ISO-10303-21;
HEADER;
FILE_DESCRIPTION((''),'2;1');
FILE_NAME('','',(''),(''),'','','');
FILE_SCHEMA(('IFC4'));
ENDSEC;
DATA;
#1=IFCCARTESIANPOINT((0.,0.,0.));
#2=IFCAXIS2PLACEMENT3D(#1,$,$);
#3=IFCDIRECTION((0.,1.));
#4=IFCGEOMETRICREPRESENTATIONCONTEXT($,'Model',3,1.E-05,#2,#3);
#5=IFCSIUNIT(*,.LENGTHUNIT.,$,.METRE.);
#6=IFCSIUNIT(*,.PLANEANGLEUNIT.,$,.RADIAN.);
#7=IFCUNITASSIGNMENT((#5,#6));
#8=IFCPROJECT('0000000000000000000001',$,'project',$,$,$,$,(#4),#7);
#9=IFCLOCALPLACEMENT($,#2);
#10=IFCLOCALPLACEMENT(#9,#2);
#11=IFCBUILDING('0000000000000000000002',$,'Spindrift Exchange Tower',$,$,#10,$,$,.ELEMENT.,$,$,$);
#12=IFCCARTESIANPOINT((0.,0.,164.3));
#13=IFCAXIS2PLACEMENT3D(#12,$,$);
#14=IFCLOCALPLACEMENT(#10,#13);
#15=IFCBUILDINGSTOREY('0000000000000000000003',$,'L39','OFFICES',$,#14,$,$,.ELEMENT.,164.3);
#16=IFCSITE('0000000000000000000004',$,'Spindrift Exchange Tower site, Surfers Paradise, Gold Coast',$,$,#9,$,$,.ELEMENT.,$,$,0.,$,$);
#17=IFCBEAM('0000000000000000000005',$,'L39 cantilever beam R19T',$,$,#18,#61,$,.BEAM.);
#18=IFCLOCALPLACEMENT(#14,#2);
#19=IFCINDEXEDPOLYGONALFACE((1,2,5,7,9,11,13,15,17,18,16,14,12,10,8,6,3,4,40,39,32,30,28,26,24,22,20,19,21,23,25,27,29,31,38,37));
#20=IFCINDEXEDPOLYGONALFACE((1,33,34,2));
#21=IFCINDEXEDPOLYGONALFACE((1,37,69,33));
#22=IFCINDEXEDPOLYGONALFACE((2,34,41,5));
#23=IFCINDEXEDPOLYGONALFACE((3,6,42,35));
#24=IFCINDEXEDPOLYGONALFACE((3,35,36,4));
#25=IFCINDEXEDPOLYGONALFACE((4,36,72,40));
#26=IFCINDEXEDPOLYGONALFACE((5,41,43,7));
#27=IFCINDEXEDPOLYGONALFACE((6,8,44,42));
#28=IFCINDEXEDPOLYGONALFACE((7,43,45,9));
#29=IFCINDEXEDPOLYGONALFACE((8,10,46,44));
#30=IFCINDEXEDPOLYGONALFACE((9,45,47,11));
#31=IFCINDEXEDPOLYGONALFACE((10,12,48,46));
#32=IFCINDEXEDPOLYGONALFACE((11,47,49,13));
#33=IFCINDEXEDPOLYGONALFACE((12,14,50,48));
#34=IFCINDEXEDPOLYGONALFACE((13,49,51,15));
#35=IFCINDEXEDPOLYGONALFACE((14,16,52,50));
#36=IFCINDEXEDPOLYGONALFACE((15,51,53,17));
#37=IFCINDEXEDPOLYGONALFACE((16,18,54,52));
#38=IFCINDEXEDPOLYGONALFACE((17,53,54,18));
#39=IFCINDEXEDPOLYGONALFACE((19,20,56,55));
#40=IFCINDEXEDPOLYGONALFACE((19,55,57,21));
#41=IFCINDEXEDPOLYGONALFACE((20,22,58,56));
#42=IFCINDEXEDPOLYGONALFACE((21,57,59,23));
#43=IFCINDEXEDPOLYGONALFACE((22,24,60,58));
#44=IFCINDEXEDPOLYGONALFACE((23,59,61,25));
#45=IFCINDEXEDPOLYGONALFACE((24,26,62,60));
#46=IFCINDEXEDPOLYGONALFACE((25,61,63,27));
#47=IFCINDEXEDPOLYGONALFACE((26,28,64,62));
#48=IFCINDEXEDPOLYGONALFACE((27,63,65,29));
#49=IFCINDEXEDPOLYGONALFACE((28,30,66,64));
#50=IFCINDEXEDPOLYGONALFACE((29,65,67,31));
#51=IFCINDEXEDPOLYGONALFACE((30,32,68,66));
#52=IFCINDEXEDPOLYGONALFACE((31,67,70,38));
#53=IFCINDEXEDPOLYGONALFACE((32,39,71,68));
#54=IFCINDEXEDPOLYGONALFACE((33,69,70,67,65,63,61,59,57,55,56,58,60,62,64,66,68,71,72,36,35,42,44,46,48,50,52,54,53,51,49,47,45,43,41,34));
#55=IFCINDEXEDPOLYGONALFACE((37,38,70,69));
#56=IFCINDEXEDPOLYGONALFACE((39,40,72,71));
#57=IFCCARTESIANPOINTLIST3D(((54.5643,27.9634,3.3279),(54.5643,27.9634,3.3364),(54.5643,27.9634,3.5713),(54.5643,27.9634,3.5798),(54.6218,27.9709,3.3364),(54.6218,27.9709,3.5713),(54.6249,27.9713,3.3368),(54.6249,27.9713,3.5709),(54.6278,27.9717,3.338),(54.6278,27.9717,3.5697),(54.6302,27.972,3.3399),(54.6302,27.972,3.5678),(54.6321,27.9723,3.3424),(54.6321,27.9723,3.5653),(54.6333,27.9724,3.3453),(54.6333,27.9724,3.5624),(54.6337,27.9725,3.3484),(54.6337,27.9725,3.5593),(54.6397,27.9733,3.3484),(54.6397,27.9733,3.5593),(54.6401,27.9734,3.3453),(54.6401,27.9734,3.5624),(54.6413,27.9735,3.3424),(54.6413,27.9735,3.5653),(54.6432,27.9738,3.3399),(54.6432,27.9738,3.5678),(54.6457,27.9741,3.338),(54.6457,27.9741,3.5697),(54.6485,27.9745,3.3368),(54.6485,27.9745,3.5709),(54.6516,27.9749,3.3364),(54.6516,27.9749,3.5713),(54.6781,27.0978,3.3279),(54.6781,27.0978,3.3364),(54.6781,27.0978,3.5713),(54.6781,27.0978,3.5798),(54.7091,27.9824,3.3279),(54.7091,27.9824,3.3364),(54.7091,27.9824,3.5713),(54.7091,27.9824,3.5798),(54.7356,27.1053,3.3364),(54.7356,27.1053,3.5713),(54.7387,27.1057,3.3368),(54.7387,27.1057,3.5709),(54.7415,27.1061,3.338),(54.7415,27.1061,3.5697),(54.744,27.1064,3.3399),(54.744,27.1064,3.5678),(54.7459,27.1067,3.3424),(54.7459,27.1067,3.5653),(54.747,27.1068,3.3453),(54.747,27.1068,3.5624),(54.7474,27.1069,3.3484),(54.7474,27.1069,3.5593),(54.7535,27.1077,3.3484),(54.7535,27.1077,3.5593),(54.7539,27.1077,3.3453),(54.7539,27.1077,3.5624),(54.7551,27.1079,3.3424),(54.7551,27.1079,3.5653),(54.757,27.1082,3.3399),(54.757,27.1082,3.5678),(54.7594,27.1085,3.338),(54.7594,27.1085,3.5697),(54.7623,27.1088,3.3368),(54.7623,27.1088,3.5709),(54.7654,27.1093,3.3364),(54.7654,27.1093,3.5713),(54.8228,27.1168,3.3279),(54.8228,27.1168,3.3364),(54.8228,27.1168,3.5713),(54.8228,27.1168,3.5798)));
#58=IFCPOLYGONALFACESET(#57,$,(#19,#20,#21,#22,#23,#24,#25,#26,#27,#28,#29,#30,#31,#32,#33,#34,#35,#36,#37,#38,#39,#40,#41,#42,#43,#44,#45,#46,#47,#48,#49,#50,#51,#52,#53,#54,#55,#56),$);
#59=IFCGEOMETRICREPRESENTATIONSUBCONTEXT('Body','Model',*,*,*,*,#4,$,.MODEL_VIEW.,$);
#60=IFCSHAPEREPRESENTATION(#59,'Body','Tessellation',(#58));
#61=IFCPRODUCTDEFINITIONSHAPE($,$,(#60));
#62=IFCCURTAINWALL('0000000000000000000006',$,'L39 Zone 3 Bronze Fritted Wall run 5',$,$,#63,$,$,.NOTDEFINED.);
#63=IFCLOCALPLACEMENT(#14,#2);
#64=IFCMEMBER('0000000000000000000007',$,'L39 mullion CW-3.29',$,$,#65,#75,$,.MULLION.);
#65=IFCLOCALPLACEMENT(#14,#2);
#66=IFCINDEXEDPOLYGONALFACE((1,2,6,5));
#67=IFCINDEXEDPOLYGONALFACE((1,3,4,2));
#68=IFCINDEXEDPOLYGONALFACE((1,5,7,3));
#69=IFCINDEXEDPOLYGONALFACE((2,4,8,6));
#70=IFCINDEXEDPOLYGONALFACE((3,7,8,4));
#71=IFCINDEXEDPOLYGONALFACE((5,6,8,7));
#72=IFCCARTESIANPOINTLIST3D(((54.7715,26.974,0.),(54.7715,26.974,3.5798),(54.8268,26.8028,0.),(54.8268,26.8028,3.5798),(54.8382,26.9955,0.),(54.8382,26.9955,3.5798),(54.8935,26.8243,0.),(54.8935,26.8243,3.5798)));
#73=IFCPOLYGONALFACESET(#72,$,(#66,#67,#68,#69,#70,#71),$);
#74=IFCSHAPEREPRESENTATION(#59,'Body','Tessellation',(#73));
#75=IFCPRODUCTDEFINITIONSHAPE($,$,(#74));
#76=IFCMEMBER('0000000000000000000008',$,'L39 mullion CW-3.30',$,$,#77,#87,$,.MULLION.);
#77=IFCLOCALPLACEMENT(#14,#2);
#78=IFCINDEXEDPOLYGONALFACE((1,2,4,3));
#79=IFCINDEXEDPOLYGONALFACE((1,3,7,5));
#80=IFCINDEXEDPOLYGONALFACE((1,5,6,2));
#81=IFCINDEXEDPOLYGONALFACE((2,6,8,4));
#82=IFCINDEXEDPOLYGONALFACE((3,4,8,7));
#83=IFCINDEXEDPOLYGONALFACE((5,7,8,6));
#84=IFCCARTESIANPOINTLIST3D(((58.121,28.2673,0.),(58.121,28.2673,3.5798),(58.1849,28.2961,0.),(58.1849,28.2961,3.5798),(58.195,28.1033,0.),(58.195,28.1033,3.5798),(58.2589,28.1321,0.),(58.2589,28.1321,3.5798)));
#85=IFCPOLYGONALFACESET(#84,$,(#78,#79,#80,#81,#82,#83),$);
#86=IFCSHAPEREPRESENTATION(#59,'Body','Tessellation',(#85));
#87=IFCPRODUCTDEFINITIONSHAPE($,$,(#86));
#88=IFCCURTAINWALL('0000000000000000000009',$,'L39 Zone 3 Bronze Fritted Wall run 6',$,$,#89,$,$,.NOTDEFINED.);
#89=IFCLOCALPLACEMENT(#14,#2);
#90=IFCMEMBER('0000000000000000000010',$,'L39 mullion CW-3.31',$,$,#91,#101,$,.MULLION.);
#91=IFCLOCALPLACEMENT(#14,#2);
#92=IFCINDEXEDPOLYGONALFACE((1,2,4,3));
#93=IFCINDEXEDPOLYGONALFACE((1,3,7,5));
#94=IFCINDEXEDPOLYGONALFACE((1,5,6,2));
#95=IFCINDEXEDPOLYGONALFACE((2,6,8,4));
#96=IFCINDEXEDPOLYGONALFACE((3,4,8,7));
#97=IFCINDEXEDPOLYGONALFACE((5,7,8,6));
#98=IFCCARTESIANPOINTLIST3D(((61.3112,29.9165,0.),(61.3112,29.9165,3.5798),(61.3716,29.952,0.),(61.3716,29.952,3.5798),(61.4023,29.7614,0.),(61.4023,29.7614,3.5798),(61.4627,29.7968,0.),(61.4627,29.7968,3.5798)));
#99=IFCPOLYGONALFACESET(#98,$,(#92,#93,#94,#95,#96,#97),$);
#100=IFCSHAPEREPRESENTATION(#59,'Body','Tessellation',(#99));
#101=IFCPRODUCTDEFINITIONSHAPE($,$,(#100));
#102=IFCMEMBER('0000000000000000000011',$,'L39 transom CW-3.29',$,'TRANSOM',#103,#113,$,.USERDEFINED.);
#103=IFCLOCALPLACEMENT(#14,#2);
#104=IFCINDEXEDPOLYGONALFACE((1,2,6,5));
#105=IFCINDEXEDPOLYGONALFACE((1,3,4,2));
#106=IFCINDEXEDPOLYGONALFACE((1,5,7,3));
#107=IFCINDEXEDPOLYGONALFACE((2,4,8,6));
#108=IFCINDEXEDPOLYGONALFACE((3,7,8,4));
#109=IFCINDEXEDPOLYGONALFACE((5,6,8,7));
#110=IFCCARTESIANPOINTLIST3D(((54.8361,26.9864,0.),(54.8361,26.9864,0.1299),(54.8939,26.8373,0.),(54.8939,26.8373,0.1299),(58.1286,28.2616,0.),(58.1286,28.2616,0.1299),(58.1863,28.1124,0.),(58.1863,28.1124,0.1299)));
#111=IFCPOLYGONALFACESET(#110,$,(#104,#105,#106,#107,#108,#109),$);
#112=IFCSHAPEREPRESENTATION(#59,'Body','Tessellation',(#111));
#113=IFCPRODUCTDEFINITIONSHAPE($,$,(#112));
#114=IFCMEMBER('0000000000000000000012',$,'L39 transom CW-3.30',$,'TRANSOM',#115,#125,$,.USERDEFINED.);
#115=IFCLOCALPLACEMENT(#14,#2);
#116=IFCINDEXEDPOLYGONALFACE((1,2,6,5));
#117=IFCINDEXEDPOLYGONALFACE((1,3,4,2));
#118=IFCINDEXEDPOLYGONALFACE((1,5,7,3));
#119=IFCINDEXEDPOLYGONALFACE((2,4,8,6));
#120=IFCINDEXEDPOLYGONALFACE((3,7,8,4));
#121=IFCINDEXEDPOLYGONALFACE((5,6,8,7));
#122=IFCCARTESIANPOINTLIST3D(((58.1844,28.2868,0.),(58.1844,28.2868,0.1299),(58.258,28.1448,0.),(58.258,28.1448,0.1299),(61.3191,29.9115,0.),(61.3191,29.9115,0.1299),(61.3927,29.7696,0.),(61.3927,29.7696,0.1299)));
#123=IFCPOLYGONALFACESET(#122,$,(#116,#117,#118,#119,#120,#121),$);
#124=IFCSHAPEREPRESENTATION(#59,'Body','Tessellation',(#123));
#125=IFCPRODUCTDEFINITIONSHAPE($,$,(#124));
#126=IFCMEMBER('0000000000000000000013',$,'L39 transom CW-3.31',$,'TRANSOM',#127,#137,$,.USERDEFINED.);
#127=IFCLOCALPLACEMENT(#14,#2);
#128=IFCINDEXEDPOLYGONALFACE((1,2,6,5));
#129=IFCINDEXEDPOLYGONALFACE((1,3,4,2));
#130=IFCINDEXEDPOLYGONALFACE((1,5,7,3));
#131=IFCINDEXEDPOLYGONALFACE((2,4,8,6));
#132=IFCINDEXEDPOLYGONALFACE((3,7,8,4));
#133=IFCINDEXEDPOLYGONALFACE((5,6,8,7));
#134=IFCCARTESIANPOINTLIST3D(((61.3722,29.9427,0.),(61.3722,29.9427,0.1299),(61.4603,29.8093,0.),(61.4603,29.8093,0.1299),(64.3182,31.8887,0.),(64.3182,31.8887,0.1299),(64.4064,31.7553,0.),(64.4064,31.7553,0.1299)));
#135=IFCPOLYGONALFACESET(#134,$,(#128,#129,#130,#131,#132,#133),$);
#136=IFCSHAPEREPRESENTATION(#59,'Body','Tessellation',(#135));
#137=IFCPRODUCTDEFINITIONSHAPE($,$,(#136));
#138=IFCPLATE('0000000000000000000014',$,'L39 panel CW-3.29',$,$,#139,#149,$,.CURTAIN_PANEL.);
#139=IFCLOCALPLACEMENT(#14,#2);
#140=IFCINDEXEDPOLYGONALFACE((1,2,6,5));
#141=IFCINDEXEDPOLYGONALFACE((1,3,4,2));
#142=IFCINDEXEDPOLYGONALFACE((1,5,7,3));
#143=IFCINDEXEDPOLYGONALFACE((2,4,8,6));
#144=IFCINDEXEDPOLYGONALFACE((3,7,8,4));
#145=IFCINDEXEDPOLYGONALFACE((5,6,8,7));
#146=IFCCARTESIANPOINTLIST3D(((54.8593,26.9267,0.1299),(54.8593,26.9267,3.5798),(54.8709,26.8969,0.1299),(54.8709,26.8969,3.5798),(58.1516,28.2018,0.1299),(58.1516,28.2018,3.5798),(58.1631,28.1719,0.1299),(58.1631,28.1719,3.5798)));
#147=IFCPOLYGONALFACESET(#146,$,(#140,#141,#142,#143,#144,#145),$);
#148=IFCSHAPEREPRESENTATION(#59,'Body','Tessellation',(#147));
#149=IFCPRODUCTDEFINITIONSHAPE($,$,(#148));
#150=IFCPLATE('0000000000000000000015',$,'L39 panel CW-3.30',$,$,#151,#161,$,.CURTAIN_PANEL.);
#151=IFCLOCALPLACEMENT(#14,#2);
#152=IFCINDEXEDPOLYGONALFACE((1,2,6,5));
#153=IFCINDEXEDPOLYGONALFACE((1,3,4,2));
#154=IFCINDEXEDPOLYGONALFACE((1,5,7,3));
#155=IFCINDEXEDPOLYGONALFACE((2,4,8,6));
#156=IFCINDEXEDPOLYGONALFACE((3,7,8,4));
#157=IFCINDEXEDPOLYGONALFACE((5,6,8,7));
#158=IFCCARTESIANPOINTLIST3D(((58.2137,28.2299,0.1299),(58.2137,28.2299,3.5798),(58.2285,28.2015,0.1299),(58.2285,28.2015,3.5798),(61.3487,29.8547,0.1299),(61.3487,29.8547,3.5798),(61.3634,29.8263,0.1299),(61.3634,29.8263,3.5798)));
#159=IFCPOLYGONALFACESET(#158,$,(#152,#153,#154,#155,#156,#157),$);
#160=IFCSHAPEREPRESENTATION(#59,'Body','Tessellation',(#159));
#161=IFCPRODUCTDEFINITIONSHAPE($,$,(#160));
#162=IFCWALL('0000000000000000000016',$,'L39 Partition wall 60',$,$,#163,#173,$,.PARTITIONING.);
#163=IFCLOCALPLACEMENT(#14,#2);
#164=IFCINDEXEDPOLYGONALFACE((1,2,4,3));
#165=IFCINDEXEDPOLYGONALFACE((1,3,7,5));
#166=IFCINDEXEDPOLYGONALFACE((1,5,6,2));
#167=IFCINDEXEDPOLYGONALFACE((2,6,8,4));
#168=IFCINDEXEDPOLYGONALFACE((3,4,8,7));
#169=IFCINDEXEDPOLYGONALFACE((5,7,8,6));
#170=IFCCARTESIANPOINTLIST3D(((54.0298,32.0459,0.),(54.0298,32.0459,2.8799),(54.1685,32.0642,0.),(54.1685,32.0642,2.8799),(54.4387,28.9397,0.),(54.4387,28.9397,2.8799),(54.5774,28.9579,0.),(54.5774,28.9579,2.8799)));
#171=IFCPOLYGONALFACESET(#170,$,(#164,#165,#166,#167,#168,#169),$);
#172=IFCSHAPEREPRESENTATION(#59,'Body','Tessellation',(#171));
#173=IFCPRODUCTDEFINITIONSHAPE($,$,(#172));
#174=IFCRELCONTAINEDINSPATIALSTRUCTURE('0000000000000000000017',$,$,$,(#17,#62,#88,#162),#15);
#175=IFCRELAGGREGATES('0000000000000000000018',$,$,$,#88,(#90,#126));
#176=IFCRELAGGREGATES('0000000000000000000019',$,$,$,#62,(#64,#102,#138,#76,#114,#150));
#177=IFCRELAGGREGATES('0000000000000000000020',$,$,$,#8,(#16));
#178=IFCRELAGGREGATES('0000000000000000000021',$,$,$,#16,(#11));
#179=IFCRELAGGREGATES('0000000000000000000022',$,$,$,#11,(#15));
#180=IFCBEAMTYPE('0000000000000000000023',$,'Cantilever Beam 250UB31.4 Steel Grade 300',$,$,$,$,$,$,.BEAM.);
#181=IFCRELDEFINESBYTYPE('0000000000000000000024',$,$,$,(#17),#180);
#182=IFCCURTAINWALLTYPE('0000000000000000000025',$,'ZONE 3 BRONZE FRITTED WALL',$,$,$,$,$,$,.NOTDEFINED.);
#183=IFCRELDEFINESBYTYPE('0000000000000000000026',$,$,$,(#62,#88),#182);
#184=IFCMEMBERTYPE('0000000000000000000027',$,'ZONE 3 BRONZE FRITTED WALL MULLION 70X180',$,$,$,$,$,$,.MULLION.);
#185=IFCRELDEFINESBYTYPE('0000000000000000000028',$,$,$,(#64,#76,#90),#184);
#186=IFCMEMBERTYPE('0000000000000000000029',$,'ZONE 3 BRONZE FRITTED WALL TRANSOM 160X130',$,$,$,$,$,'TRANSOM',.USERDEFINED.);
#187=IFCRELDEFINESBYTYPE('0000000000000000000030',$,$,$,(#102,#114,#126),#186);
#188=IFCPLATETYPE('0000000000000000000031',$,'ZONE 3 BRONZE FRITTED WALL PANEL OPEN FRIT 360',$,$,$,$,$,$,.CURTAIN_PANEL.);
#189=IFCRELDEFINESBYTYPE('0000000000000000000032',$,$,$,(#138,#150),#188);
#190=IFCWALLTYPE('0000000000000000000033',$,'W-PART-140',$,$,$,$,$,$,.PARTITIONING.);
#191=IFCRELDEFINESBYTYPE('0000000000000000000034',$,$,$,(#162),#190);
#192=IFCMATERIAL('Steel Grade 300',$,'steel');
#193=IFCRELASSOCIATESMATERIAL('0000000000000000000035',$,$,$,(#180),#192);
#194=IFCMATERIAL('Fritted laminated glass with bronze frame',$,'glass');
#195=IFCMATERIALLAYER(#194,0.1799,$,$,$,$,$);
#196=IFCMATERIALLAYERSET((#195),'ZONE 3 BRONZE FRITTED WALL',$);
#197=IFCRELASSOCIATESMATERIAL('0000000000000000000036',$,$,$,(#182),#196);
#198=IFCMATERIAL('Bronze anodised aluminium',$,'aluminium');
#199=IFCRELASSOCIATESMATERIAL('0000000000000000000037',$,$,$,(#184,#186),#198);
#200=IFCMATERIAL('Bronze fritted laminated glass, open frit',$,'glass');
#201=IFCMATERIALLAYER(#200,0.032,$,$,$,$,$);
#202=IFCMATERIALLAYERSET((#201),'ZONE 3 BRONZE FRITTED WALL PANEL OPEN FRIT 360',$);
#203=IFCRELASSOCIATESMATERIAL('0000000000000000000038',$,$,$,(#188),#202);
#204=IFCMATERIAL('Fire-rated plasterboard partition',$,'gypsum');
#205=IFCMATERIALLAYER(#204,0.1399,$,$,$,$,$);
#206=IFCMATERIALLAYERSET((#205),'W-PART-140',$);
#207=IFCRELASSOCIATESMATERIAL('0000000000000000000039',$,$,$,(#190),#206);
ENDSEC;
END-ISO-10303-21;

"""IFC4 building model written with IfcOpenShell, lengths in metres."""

from ifc_helpers import new_model, si_unit, direction, frame, frame_2d, origin, origin_2d, place, context, subcontext, project, spatial, rectangle, i_section, extrude, source, transform, mapped, material, layer, layer_set, material_profile, profile_set, type_object, element, aggregate, save


model = new_model("IFC4")

# Units and contexts
model_context = context("Model", 3, precision=1e-05, world=origin(), true_north=direction((0.0, 1.0)))
body_context = subcontext(model_context, "Body", "Model", "MODEL_VIEW")
ifc_project = project(units=[si_unit("LENGTHUNIT", "METRE"), si_unit("PLANEANGLEUNIT", "RADIAN")], contexts=[model_context])

# Site, building, storey
site_placement = place(None, origin())
site = spatial("IfcSite", under=ifc_project, at=site_placement, Name="Spindrift Exchange Tower site, Surfers Paradise, Gold Coast", CompositionType="ELEMENT", RefElevation=0.0)
building_placement = place(site_placement, origin())
building = spatial("IfcBuilding", under=site, at=building_placement, Name="Spindrift Exchange Tower", CompositionType="ELEMENT")
storey_placement = place(building_placement, frame((0.0, 0.0, 164.3)))
storey = spatial("IfcBuildingStorey", under=building, at=storey_placement, Name="L39", Description="OFFICES", CompositionType="ELEMENT", Elevation=164.3)

# Beam
ifc_material_1 = material(Name="Steel Grade 300", Category="steel")
ifc_material_profile_1 = material_profile(ifc_material_1, i_section(OverallWidth=0.146, OverallDepth=0.252, WebThickness=0.0061, FlangeThickness=0.0085, FilletRadius=0.012, at=origin_2d()), Name="250UB31.4")
ifc_profile_set_1 = profile_set([ifc_material_profile_1], Name="Steel Grade 300")
beam_type_1 = type_object("IfcBeamType", Name="Cantilever Beam 250UB31.4 Steel Grade 300", PredefinedType="BEAM", material=ifc_profile_set_1)
shared_shape_1 = source(origin(), body_context, "Body", "SweptSolid", [
    extrude(i_section(OverallWidth=0.146, OverallDepth=0.252, WebThickness=0.0061, FlangeThickness=0.0085, FilletRadius=0.012, at=origin_2d()), origin(), (0.0, 0.0, 1.0), 0.873),
])
beam_1_placement = place(storey_placement, frame((54.6367, 27.9729, 3.4539), z_axis=(0.130295, -0.991475, 0.0), x_axis=(0.991475, 0.130295, 0.0)))
element("IfcBeam", 1, at=beam_1_placement, inside=storey, type_object=beam_type_1, Name="L39 cantilever beam R19T", PredefinedType="BEAM", context=body_context, shape_type="MappedRepresentation", body=[
    mapped(shared_shape_1, transform((0.0, 0.0, 0.0), scale=1.0)),
])

# Curtain wall, members
ifc_material_2 = material(Name="Fritted laminated glass with bronze frame", Category="glass")
ifc_layer_1 = layer(ifc_material_2, 0.1799)
ifc_layer_set_1 = layer_set([ifc_layer_1], Name="ZONE 3 BRONZE FRITTED WALL")
curtain_wall_type = type_object("IfcCurtainWallType", Name="ZONE 3 BRONZE FRITTED WALL", PredefinedType="NOTDEFINED", material=ifc_layer_set_1)
curtain_wall_1_placement = place(storey_placement, origin())
curtain_wall_1 = element("IfcCurtainWall", 2, at=curtain_wall_1_placement, inside=storey, type_object=curtain_wall_type, Name="L39 Zone 3 Bronze Fritted Wall run 5", PredefinedType="NOTDEFINED")
ifc_material_3 = material(Name="Bronze anodised aluminium", Category="aluminium")
ifc_material_profile_2 = material_profile(ifc_material_3, rectangle(XDim=0.0701, YDim=0.1799, at=origin_2d()), Name="ZONE 3 BRONZE FRITTED WALL MULLION 70X180")
ifc_profile_set_2 = profile_set([ifc_material_profile_2], Name="Bronze anodised aluminium")
member_type_1 = type_object("IfcMemberType", Name="ZONE 3 BRONZE FRITTED WALL MULLION 70X180", PredefinedType="MULLION", material=ifc_profile_set_2)
shared_shape_2 = source(origin(), body_context, "Body", "SweptSolid", [
    extrude(rectangle(XDim=0.0701, YDim=0.1799, at=origin_2d()), origin(), (0.0, 0.0, 1.0), 3.5798),
])
member_1_placement = place(storey_placement, frame((54.8325, 26.8992, 0.0), z_axis=(0.0, 0.0, 1.0), x_axis=(0.951621, 0.307274, 0.0)))
member_1 = element("IfcMember", 3, at=member_1_placement, type_object=member_type_1, Name="L39 mullion CW-3.29", PredefinedType="MULLION", context=body_context, shape_type="MappedRepresentation", body=[
    mapped(shared_shape_2, transform((0.0, 0.0, 0.0), scale=1.0)),
])
member_2_placement = place(storey_placement, frame((58.1899, 28.1997, 0.0), z_axis=(0.0, 0.0, 1.0), x_axis=(0.911514, 0.411268, 0.0)))
member_2 = element("IfcMember", 4, at=member_2_placement, type_object=member_type_1, Name="L39 mullion CW-3.30", PredefinedType="MULLION", context=body_context, shape_type="MappedRepresentation", body=[
    mapped(shared_shape_2, transform((0.0, 0.0, 0.0), scale=1.0)),
])

# Curtain wall, member
curtain_wall_2_placement = place(storey_placement, origin())
curtain_wall_2 = element("IfcCurtainWall", 5, at=curtain_wall_2_placement, inside=storey, type_object=curtain_wall_type, Name="L39 Zone 3 Bronze Fritted Wall run 6", PredefinedType="NOTDEFINED")
member_3_placement = place(storey_placement, frame((61.387, 29.8567, 0.0), z_axis=(0.0, 0.0, 1.0), x_axis=(0.862323, 0.506359, 0.0)))
member_3 = element("IfcMember", 6, at=member_3_placement, type_object=member_type_1, Name="L39 mullion CW-3.31", PredefinedType="MULLION", context=body_context, shape_type="MappedRepresentation", body=[
    mapped(shared_shape_2, transform((0.0, 0.0, 0.0), scale=1.0)),
])

# Members
ifc_material_profile_3 = material_profile(ifc_material_3, rectangle(XDim=0.1599, YDim=0.1299, at=origin_2d()), Name="ZONE 3 BRONZE FRITTED WALL TRANSOM 160X130")
ifc_profile_set_3 = profile_set([ifc_material_profile_3], Name="Bronze anodised aluminium")
member_type_2 = type_object("IfcMemberType", Name="ZONE 3 BRONZE FRITTED WALL TRANSOM 160X130", ElementType="TRANSOM", PredefinedType="USERDEFINED", material=ifc_profile_set_3)
shared_shape_3 = source(origin(), body_context, "Body", "SweptSolid", [
    extrude(rectangle(XDim=0.1599, YDim=0.1299, at=origin_2d()), origin(), (0.0, 0.0, 1.0), 3.5308),
])
member_4_placement = place(storey_placement, frame((54.865, 26.9119, 0.0649), z_axis=(0.932507, 0.361151, 0.0), x_axis=(-0.361151, 0.932507, 0.0)))
member_4 = element("IfcMember", 7, at=member_4_placement, type_object=member_type_2, Name="L39 transom CW-3.29", ObjectType="TRANSOM", PredefinedType="USERDEFINED", context=body_context, shape_type="MappedRepresentation", body=[
    mapped(shared_shape_3, transform((0.0, 0.0, 0.0), scale=1.0)),
])
member_5_placement = place(storey_placement, frame((58.2212, 28.2158, 0.0649), z_axis=(0.887833, 0.460166, 0.0), x_axis=(-0.460166, 0.887833, 0.0)))
member_5 = element("IfcMember", 8, at=member_5_placement, type_object=member_type_2, Name="L39 transom CW-3.30", ObjectType="TRANSOM", PredefinedType="USERDEFINED", context=body_context, shape_type="MappedRepresentation", body=[
    mapped(shared_shape_3, transform((0.0, 0.0, 0.0), scale=1.0)),
])
member_6_placement = place(storey_placement, frame((61.4163, 29.876, 0.0649), z_axis=(0.834394, 0.551169, 0.0), x_axis=(-0.551169, 0.834394, 0.0)))
member_6 = element("IfcMember", 9, at=member_6_placement, type_object=member_type_2, Name="L39 transom CW-3.31", ObjectType="TRANSOM", PredefinedType="USERDEFINED", context=body_context, shape_type="MappedRepresentation", body=[
    mapped(shared_shape_3, transform((0.0, 0.0, 0.0), scale=1.0)),
])
aggregate(curtain_wall_2, [member_3, member_6])

# Plates
ifc_material_4 = material(Name="Bronze fritted laminated glass, open frit", Category="glass")
ifc_layer_2 = layer(ifc_material_4, 0.032)
ifc_layer_set_2 = layer_set([ifc_layer_2], Name="ZONE 3 BRONZE FRITTED WALL PANEL OPEN FRIT 360")
plate_type = type_object("IfcPlateType", Name="ZONE 3 BRONZE FRITTED WALL PANEL OPEN FRIT 360", PredefinedType="CURTAIN_PANEL", material=ifc_layer_set_2)
shared_shape_4 = source(origin(), body_context, "Body", "SweptSolid", [
    extrude(rectangle(XDim=3.5305, YDim=0.032, at=origin_2d()), origin(), (0.0, 0.0, 1.0), 3.45),
])
plate_1_placement = place(storey_placement, frame((56.5112, 27.5493, 0.1299), z_axis=(0.0, 0.0, 1.0), x_axis=(0.932504, 0.361159, 0.0)))
plate_1 = element("IfcPlate", 10, at=plate_1_placement, type_object=plate_type, Name="L39 panel CW-3.29", PredefinedType="CURTAIN_PANEL", context=body_context, shape_type="MappedRepresentation", body=[
    mapped(shared_shape_4, transform((0.0, 0.0, 0.0), scale=1.0)),
])
shared_shape_5 = source(origin(), body_context, "Body", "SweptSolid", [
    extrude(rectangle(XDim=3.531, YDim=0.032, at=origin_2d()), origin(), (0.0, 0.0, 1.0), 3.45),
])
plate_2_placement = place(storey_placement, frame((59.7886, 29.0281, 0.1299), z_axis=(0.0, 0.0, 1.0), x_axis=(0.887835, 0.460163, 0.0)))
plate_2 = element("IfcPlate", 11, at=plate_2_placement, type_object=plate_type, Name="L39 panel CW-3.30", PredefinedType="CURTAIN_PANEL", context=body_context, shape_type="MappedRepresentation", body=[
    mapped(shared_shape_5, transform((0.0, 0.0, 0.0), scale=1.0)),
])
aggregate(curtain_wall_1, [member_1, member_4, plate_1, member_2, member_5, plate_2])

# Wall
ifc_material_5 = material(Name="Fire-rated plasterboard partition", Category="gypsum")
ifc_layer_3 = layer(ifc_material_5, 0.1399)
ifc_layer_set_3 = layer_set([ifc_layer_3], Name="W-PART-140")
wall_type = type_object("IfcWallType", Name="W-PART-140", PredefinedType="PARTITIONING", material=ifc_layer_set_3)
wall_1_placement = place(storey_placement, frame((54.0991, 32.0549, 0.0), z_axis=(0.0, 0.0, 1.0), x_axis=(0.130525, -0.991445, 0.0)))
element("IfcWall", 12, at=wall_1_placement, inside=storey, type_object=wall_type, Name="L39 Partition wall 60", PredefinedType="PARTITIONING", context=body_context, shape_type="SweptSolid", body=[
    extrude(rectangle(XDim=3.1331, YDim=0.1399, at=frame_2d((1.5664, 0.0))), origin(), (0.0, 0.0, 1.0), 2.8799),
])

save(model, "model.ifc")
